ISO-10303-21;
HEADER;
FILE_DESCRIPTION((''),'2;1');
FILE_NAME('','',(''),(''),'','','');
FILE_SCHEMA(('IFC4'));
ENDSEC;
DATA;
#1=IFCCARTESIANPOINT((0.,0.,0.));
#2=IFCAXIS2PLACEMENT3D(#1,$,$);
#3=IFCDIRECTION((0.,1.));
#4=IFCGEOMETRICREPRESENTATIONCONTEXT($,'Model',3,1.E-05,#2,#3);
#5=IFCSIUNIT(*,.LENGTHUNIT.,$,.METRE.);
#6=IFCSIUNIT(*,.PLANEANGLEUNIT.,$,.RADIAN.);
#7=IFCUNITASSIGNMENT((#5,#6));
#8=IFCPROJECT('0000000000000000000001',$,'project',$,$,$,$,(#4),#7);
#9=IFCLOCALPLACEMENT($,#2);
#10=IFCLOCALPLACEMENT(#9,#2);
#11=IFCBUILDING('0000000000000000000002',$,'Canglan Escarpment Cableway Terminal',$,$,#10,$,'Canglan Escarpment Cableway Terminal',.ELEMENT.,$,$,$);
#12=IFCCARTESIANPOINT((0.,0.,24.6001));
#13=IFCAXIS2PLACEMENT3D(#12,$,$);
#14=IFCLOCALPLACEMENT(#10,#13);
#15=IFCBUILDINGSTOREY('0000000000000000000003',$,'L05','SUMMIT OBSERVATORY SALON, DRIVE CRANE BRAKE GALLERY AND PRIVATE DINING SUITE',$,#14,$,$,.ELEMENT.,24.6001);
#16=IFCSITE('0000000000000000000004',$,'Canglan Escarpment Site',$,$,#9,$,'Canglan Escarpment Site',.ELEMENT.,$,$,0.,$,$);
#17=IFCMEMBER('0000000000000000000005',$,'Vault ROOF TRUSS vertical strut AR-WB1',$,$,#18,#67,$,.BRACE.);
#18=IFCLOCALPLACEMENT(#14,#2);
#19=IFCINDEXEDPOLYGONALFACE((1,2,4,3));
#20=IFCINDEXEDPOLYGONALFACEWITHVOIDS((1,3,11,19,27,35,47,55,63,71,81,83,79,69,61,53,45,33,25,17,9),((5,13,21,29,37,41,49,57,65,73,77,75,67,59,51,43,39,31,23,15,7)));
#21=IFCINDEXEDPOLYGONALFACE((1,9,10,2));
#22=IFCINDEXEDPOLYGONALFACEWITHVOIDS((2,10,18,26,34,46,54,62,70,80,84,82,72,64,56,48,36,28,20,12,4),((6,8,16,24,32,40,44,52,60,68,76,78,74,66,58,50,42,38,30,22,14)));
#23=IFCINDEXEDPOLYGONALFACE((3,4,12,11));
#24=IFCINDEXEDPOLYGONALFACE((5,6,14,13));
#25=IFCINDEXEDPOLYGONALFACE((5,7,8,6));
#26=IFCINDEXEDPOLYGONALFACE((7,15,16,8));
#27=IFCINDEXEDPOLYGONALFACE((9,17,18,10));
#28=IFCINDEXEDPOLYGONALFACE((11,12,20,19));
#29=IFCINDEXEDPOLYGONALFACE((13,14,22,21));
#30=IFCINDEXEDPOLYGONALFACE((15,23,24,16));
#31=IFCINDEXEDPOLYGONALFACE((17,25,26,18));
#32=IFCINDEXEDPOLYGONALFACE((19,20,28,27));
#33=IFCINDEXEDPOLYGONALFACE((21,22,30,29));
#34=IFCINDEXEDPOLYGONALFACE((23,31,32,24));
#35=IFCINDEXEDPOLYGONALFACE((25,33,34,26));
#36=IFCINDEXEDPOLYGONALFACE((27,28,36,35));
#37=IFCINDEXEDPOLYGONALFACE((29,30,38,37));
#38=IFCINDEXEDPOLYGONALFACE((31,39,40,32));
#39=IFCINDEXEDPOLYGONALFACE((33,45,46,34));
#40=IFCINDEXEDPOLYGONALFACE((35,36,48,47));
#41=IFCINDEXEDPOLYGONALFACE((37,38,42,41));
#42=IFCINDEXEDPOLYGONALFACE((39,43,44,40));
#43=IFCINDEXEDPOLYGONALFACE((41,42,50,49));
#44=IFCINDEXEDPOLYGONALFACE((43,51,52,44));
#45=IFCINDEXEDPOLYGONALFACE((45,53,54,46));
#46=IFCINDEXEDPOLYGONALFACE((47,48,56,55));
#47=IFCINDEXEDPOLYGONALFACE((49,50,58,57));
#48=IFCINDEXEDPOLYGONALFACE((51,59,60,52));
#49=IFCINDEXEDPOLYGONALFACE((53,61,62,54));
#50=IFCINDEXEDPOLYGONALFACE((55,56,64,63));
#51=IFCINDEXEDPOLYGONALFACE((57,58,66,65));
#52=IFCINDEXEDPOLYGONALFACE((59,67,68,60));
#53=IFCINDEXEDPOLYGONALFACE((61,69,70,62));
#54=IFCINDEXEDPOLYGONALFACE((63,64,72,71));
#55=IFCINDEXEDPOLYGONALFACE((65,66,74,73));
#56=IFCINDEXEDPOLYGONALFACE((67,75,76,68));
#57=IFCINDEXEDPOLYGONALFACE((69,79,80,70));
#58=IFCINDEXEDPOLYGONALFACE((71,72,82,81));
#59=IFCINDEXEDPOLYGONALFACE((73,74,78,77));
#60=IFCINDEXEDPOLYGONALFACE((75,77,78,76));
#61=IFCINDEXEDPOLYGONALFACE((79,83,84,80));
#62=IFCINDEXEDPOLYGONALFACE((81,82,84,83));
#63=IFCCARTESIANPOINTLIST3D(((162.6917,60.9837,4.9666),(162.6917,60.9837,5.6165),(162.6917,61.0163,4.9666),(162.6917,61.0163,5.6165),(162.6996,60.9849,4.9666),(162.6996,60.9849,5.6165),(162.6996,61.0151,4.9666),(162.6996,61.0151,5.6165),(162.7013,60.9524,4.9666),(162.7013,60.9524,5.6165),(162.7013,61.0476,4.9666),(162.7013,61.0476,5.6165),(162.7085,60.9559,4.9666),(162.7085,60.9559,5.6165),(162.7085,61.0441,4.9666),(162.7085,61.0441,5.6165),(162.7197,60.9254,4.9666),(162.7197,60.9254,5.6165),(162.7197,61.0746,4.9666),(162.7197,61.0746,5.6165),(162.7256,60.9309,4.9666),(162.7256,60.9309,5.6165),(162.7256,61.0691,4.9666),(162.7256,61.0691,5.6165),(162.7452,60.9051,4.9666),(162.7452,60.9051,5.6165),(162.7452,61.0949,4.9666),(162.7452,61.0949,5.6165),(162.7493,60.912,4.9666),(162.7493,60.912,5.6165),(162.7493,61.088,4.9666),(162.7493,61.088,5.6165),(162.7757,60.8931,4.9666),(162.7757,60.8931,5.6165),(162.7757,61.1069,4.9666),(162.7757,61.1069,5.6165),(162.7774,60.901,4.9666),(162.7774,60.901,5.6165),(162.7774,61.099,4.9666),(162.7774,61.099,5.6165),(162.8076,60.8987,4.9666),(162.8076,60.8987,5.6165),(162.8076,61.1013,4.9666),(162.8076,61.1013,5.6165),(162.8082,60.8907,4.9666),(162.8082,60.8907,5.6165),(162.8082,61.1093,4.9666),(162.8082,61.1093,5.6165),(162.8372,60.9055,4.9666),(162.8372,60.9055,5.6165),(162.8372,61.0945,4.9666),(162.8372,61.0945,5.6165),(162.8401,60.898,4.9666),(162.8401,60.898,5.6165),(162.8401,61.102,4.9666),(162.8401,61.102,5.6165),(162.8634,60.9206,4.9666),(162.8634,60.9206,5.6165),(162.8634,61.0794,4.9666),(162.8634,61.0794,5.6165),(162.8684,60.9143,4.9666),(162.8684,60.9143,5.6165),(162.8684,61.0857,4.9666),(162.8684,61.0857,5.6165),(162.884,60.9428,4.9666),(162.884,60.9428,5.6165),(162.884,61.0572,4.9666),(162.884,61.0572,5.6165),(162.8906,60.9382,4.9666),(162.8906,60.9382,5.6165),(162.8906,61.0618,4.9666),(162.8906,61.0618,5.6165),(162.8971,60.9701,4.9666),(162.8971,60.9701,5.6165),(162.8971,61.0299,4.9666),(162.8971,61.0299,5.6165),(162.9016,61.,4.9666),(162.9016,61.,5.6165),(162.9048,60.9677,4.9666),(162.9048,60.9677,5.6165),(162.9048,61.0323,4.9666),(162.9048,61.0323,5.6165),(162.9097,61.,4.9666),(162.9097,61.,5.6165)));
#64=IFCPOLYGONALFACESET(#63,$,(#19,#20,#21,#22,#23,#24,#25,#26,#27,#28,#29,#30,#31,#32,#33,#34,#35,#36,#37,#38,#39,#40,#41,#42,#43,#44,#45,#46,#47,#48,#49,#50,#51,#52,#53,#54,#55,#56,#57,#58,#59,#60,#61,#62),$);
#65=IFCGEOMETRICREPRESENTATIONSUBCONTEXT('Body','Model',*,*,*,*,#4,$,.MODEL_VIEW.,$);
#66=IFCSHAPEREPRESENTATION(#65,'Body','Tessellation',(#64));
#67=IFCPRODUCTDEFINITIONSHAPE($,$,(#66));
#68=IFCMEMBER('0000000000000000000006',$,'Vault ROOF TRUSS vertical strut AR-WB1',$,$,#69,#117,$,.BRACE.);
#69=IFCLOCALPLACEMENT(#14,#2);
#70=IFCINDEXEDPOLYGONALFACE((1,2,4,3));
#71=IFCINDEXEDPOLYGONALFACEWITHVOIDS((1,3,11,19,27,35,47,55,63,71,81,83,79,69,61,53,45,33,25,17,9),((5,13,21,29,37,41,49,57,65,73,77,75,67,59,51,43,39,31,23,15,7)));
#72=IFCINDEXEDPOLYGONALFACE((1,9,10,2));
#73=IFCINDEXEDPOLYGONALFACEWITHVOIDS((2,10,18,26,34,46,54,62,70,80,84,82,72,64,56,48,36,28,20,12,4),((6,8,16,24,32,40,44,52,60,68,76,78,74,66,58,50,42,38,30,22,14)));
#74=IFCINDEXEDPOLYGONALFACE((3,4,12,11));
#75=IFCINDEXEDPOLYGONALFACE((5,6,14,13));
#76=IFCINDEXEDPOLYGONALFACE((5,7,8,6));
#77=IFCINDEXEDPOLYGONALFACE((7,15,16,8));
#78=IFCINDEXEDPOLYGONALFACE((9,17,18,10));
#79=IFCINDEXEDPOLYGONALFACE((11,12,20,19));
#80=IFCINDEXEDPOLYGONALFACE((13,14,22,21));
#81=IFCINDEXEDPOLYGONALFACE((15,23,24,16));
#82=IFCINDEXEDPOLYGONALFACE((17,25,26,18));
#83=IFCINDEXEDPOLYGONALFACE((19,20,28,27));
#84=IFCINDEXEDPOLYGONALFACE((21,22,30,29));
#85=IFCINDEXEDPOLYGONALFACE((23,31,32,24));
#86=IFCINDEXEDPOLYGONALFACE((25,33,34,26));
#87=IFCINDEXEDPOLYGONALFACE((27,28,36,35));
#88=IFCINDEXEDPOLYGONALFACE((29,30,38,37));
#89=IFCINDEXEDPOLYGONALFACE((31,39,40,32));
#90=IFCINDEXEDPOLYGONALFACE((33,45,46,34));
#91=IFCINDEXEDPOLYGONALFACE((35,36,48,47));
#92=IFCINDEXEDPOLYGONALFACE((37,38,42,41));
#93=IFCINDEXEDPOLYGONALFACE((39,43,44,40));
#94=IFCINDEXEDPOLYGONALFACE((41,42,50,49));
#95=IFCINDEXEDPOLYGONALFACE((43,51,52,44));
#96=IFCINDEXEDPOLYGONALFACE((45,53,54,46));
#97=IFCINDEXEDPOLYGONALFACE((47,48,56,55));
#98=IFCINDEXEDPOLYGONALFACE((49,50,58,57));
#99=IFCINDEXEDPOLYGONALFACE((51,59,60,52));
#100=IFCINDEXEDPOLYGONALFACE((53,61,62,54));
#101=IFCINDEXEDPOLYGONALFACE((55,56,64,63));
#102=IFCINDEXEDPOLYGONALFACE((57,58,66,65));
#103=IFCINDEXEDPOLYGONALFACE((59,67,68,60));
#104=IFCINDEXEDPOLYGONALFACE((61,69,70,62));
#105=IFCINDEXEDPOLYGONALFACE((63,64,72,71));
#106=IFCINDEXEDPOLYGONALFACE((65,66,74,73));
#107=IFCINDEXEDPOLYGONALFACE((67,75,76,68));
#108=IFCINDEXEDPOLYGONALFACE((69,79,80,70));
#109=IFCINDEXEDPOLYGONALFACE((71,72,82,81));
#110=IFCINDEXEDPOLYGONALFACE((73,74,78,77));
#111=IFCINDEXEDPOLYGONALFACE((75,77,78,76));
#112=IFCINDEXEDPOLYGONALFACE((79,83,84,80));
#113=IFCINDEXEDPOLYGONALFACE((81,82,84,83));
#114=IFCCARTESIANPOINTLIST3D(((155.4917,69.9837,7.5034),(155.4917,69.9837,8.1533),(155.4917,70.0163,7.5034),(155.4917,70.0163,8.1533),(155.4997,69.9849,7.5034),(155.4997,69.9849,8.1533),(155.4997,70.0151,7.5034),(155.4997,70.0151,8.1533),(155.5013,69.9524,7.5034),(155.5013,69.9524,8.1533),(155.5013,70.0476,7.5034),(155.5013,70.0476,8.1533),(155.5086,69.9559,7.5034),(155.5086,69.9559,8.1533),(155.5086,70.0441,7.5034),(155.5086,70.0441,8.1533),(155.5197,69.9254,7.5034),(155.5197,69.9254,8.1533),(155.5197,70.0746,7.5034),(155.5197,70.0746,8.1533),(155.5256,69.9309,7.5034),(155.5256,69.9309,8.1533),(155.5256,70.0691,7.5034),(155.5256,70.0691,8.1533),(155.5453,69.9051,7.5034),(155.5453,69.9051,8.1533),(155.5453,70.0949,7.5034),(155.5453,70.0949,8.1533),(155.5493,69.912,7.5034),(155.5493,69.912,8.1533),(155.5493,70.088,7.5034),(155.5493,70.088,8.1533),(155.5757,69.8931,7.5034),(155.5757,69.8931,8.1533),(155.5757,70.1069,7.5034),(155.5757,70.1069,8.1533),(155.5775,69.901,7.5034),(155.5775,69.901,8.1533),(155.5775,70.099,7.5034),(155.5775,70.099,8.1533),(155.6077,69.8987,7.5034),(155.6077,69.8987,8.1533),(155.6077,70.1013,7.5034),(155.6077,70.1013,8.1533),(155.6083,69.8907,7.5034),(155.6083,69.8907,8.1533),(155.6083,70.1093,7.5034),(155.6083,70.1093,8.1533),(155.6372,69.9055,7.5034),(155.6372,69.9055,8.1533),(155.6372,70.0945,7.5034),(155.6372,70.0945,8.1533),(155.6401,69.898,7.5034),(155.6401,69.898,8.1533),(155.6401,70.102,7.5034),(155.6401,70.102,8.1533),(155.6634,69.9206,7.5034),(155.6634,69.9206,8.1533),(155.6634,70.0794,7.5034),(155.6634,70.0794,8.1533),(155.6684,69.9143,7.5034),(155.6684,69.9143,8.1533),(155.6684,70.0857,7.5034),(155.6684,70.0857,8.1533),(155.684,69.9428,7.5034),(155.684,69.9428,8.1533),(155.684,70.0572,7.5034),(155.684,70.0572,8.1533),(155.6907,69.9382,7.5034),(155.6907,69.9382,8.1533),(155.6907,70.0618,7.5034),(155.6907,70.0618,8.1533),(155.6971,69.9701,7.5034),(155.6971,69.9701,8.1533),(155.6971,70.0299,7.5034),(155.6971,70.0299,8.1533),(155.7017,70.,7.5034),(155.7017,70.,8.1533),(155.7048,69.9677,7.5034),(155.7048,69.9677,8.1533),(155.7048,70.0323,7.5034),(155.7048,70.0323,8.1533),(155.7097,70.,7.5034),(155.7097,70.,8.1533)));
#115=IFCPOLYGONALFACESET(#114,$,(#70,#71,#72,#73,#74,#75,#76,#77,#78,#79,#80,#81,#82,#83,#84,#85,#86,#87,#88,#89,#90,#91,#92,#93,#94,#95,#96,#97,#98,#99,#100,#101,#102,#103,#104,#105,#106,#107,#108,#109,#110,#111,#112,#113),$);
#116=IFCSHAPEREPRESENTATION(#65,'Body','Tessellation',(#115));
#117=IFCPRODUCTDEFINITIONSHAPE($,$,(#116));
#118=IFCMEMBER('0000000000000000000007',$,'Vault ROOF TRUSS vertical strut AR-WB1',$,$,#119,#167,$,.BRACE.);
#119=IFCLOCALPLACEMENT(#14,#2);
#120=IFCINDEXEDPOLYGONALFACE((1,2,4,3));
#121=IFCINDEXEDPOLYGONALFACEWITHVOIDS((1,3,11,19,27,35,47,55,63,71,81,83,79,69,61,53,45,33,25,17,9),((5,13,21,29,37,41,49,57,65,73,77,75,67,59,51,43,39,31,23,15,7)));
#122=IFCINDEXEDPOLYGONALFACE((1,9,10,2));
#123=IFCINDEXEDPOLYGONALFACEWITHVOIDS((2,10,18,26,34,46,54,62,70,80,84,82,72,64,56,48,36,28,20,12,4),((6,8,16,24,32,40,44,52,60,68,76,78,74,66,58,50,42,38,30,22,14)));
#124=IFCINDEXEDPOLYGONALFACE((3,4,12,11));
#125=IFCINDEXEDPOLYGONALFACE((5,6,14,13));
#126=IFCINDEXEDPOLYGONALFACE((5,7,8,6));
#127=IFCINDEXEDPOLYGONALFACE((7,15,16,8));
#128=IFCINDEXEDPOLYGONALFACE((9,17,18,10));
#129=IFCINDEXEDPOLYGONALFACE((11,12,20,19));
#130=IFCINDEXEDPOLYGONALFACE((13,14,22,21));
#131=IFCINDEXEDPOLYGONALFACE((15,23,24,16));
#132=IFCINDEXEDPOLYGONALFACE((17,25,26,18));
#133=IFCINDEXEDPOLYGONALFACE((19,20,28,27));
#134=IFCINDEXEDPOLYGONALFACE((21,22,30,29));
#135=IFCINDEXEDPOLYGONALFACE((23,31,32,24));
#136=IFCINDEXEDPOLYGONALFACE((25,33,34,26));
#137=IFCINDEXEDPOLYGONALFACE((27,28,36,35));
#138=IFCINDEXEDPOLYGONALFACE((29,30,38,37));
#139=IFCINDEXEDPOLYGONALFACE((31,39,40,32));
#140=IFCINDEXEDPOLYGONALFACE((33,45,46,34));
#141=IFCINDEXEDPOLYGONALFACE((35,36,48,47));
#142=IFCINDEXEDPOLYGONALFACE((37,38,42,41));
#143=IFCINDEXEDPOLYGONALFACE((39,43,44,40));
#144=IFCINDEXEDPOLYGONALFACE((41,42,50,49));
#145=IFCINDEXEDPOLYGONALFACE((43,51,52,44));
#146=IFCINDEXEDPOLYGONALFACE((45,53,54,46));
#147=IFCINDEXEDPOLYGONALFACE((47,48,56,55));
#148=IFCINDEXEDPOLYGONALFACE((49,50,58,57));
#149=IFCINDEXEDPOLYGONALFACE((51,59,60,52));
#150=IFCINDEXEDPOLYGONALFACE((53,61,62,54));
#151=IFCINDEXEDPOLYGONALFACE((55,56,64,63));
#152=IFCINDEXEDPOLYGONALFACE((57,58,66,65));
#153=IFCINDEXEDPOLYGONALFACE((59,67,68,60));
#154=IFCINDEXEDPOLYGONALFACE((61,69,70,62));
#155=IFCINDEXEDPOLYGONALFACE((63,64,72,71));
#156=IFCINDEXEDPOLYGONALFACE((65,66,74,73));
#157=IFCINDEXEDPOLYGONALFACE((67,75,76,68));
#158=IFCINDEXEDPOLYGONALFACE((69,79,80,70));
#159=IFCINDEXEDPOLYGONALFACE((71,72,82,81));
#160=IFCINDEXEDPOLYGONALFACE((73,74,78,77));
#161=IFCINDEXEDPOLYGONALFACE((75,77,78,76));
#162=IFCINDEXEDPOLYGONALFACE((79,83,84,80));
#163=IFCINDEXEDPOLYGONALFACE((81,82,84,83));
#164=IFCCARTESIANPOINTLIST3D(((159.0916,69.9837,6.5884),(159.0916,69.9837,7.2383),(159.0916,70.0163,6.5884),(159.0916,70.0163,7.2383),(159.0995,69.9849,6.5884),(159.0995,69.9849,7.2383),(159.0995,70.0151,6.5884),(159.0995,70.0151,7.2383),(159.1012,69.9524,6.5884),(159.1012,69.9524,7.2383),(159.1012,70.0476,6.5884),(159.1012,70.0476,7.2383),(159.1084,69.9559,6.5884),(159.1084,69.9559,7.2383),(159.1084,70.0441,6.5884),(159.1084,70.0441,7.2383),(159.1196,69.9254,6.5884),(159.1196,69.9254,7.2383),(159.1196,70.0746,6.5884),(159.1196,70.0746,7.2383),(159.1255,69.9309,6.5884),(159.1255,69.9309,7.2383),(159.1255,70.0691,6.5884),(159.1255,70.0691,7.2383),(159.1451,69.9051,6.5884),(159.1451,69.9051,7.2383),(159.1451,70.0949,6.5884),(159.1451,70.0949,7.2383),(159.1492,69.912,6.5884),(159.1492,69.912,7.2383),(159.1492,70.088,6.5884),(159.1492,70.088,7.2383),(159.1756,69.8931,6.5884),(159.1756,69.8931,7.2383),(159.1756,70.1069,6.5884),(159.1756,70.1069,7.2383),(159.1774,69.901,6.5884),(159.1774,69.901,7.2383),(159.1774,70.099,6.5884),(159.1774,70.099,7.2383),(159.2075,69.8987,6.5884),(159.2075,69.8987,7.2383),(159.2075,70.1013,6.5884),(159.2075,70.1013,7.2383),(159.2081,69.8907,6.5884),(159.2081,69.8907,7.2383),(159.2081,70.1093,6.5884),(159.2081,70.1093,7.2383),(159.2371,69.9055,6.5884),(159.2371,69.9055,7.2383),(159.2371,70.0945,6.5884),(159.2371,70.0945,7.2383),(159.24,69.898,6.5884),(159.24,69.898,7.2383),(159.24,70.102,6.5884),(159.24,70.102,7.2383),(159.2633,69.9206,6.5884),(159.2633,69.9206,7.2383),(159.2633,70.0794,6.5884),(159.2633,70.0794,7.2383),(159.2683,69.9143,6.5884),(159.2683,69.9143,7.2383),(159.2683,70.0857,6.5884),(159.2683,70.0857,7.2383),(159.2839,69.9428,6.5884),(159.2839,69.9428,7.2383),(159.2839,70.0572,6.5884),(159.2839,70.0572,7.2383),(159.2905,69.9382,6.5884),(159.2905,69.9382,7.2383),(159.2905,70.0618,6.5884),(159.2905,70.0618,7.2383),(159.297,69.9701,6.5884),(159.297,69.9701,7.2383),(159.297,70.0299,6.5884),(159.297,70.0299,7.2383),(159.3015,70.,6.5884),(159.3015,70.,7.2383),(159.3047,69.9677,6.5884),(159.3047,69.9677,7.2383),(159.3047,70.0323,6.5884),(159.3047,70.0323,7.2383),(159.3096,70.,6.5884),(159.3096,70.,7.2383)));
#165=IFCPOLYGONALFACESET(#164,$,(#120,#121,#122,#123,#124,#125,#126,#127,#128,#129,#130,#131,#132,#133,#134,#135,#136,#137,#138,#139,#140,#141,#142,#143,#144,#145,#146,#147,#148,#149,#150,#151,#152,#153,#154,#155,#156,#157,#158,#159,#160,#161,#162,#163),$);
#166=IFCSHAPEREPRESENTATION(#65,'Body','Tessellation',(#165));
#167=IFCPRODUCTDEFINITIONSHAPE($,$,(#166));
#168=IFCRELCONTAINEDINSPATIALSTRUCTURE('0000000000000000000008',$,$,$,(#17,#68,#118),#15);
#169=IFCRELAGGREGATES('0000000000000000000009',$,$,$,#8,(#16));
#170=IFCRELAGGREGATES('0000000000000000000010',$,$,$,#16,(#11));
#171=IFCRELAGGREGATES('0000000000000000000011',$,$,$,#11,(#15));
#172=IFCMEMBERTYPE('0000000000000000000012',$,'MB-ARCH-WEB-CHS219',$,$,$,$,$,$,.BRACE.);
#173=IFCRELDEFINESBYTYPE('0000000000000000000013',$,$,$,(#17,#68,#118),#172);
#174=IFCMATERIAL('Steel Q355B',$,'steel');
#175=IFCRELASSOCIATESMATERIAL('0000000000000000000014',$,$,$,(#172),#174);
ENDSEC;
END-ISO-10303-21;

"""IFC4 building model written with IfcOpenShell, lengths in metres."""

from ifc_helpers import new_model, si_unit, direction, frame, origin, origin_2d, place, context, subcontext, project, spatial, hollow_circle, extrude, material, material_profile, profile_set, type_object, element, save


model = new_model("IFC4")

# Units and contexts
model_context = context("Model", 3, precision=1e-05, world=origin(), true_north=direction((0.0, 1.0)))
body_context = subcontext(model_context, "Body", "Model", "MODEL_VIEW")
ifc_project = project(units=[si_unit("LENGTHUNIT", "METRE"), si_unit("PLANEANGLEUNIT", "RADIAN")], contexts=[model_context])

# Site, building, storey
site_placement = place(None, origin())
site = spatial("IfcSite", under=ifc_project, at=site_placement, Name="Canglan Escarpment Site", LongName="Canglan Escarpment Site", CompositionType="ELEMENT", RefElevation=0.0)
building_placement = place(site_placement, origin())
building = spatial("IfcBuilding", under=site, at=building_placement, Name="Canglan Escarpment Cableway Terminal", LongName="Canglan Escarpment Cableway Terminal", CompositionType="ELEMENT")
storey_placement = place(building_placement, frame((0.0, 0.0, 24.6001)))
storey = spatial("IfcBuildingStorey", under=building, at=storey_placement, Name="L05", Description="SUMMIT OBSERVATORY SALON, DRIVE CRANE BRAKE GALLERY AND PRIVATE DINING SUITE", CompositionType="ELEMENT", Elevation=24.6001)

# Shared definitions
ifc_material = material(Name="Steel Q355B", Category="steel")

# Members
ifc_material_profile_1 = material_profile(ifc_material, hollow_circle(Radius=0.1096, WallThickness=0.0081, at=origin_2d()), Name="CHS 219.1x8")
ifc_profile_set_1 = profile_set([ifc_material_profile_1], Name="Steel Q355B")
member_type_1 = type_object("IfcMemberType", Name="MB-ARCH-WEB-CHS219", PredefinedType="BRACE", material=ifc_profile_set_1)
for number, where, z_axis, x_axis, name in (
    (1, (162.8, 61.0, 4.9666), (0.0, 0.0, 1.0), (1.0, 0.0, 0.0), "Vault ROOF TRUSS vertical strut AR-WB1"),
    (2, (155.6001, 70.0, 7.5034), (0.0, 0.0, 1.0), (1.0, 0.0, 0.0), "Vault ROOF TRUSS vertical strut AR-WB1"),
    (3, (159.2, 70.0, 6.5884), (0.0, 0.0, 1.0), (1.0, 0.0, 0.0), "Vault ROOF TRUSS vertical strut AR-WB1"),
):
    element("IfcMember", number, at=place(storey_placement, frame(where, z_axis=z_axis, x_axis=x_axis)), inside=storey, type_object=member_type_1, Name=name, PredefinedType="BRACE", context=body_context, shape_type="SweptSolid", body=[
        extrude(hollow_circle(Radius=0.1096, WallThickness=0.0081, at=origin_2d()), origin(), (0.0, 0.0, 1.0), 0.6499),
    ])

save(model, "model.ifc")
